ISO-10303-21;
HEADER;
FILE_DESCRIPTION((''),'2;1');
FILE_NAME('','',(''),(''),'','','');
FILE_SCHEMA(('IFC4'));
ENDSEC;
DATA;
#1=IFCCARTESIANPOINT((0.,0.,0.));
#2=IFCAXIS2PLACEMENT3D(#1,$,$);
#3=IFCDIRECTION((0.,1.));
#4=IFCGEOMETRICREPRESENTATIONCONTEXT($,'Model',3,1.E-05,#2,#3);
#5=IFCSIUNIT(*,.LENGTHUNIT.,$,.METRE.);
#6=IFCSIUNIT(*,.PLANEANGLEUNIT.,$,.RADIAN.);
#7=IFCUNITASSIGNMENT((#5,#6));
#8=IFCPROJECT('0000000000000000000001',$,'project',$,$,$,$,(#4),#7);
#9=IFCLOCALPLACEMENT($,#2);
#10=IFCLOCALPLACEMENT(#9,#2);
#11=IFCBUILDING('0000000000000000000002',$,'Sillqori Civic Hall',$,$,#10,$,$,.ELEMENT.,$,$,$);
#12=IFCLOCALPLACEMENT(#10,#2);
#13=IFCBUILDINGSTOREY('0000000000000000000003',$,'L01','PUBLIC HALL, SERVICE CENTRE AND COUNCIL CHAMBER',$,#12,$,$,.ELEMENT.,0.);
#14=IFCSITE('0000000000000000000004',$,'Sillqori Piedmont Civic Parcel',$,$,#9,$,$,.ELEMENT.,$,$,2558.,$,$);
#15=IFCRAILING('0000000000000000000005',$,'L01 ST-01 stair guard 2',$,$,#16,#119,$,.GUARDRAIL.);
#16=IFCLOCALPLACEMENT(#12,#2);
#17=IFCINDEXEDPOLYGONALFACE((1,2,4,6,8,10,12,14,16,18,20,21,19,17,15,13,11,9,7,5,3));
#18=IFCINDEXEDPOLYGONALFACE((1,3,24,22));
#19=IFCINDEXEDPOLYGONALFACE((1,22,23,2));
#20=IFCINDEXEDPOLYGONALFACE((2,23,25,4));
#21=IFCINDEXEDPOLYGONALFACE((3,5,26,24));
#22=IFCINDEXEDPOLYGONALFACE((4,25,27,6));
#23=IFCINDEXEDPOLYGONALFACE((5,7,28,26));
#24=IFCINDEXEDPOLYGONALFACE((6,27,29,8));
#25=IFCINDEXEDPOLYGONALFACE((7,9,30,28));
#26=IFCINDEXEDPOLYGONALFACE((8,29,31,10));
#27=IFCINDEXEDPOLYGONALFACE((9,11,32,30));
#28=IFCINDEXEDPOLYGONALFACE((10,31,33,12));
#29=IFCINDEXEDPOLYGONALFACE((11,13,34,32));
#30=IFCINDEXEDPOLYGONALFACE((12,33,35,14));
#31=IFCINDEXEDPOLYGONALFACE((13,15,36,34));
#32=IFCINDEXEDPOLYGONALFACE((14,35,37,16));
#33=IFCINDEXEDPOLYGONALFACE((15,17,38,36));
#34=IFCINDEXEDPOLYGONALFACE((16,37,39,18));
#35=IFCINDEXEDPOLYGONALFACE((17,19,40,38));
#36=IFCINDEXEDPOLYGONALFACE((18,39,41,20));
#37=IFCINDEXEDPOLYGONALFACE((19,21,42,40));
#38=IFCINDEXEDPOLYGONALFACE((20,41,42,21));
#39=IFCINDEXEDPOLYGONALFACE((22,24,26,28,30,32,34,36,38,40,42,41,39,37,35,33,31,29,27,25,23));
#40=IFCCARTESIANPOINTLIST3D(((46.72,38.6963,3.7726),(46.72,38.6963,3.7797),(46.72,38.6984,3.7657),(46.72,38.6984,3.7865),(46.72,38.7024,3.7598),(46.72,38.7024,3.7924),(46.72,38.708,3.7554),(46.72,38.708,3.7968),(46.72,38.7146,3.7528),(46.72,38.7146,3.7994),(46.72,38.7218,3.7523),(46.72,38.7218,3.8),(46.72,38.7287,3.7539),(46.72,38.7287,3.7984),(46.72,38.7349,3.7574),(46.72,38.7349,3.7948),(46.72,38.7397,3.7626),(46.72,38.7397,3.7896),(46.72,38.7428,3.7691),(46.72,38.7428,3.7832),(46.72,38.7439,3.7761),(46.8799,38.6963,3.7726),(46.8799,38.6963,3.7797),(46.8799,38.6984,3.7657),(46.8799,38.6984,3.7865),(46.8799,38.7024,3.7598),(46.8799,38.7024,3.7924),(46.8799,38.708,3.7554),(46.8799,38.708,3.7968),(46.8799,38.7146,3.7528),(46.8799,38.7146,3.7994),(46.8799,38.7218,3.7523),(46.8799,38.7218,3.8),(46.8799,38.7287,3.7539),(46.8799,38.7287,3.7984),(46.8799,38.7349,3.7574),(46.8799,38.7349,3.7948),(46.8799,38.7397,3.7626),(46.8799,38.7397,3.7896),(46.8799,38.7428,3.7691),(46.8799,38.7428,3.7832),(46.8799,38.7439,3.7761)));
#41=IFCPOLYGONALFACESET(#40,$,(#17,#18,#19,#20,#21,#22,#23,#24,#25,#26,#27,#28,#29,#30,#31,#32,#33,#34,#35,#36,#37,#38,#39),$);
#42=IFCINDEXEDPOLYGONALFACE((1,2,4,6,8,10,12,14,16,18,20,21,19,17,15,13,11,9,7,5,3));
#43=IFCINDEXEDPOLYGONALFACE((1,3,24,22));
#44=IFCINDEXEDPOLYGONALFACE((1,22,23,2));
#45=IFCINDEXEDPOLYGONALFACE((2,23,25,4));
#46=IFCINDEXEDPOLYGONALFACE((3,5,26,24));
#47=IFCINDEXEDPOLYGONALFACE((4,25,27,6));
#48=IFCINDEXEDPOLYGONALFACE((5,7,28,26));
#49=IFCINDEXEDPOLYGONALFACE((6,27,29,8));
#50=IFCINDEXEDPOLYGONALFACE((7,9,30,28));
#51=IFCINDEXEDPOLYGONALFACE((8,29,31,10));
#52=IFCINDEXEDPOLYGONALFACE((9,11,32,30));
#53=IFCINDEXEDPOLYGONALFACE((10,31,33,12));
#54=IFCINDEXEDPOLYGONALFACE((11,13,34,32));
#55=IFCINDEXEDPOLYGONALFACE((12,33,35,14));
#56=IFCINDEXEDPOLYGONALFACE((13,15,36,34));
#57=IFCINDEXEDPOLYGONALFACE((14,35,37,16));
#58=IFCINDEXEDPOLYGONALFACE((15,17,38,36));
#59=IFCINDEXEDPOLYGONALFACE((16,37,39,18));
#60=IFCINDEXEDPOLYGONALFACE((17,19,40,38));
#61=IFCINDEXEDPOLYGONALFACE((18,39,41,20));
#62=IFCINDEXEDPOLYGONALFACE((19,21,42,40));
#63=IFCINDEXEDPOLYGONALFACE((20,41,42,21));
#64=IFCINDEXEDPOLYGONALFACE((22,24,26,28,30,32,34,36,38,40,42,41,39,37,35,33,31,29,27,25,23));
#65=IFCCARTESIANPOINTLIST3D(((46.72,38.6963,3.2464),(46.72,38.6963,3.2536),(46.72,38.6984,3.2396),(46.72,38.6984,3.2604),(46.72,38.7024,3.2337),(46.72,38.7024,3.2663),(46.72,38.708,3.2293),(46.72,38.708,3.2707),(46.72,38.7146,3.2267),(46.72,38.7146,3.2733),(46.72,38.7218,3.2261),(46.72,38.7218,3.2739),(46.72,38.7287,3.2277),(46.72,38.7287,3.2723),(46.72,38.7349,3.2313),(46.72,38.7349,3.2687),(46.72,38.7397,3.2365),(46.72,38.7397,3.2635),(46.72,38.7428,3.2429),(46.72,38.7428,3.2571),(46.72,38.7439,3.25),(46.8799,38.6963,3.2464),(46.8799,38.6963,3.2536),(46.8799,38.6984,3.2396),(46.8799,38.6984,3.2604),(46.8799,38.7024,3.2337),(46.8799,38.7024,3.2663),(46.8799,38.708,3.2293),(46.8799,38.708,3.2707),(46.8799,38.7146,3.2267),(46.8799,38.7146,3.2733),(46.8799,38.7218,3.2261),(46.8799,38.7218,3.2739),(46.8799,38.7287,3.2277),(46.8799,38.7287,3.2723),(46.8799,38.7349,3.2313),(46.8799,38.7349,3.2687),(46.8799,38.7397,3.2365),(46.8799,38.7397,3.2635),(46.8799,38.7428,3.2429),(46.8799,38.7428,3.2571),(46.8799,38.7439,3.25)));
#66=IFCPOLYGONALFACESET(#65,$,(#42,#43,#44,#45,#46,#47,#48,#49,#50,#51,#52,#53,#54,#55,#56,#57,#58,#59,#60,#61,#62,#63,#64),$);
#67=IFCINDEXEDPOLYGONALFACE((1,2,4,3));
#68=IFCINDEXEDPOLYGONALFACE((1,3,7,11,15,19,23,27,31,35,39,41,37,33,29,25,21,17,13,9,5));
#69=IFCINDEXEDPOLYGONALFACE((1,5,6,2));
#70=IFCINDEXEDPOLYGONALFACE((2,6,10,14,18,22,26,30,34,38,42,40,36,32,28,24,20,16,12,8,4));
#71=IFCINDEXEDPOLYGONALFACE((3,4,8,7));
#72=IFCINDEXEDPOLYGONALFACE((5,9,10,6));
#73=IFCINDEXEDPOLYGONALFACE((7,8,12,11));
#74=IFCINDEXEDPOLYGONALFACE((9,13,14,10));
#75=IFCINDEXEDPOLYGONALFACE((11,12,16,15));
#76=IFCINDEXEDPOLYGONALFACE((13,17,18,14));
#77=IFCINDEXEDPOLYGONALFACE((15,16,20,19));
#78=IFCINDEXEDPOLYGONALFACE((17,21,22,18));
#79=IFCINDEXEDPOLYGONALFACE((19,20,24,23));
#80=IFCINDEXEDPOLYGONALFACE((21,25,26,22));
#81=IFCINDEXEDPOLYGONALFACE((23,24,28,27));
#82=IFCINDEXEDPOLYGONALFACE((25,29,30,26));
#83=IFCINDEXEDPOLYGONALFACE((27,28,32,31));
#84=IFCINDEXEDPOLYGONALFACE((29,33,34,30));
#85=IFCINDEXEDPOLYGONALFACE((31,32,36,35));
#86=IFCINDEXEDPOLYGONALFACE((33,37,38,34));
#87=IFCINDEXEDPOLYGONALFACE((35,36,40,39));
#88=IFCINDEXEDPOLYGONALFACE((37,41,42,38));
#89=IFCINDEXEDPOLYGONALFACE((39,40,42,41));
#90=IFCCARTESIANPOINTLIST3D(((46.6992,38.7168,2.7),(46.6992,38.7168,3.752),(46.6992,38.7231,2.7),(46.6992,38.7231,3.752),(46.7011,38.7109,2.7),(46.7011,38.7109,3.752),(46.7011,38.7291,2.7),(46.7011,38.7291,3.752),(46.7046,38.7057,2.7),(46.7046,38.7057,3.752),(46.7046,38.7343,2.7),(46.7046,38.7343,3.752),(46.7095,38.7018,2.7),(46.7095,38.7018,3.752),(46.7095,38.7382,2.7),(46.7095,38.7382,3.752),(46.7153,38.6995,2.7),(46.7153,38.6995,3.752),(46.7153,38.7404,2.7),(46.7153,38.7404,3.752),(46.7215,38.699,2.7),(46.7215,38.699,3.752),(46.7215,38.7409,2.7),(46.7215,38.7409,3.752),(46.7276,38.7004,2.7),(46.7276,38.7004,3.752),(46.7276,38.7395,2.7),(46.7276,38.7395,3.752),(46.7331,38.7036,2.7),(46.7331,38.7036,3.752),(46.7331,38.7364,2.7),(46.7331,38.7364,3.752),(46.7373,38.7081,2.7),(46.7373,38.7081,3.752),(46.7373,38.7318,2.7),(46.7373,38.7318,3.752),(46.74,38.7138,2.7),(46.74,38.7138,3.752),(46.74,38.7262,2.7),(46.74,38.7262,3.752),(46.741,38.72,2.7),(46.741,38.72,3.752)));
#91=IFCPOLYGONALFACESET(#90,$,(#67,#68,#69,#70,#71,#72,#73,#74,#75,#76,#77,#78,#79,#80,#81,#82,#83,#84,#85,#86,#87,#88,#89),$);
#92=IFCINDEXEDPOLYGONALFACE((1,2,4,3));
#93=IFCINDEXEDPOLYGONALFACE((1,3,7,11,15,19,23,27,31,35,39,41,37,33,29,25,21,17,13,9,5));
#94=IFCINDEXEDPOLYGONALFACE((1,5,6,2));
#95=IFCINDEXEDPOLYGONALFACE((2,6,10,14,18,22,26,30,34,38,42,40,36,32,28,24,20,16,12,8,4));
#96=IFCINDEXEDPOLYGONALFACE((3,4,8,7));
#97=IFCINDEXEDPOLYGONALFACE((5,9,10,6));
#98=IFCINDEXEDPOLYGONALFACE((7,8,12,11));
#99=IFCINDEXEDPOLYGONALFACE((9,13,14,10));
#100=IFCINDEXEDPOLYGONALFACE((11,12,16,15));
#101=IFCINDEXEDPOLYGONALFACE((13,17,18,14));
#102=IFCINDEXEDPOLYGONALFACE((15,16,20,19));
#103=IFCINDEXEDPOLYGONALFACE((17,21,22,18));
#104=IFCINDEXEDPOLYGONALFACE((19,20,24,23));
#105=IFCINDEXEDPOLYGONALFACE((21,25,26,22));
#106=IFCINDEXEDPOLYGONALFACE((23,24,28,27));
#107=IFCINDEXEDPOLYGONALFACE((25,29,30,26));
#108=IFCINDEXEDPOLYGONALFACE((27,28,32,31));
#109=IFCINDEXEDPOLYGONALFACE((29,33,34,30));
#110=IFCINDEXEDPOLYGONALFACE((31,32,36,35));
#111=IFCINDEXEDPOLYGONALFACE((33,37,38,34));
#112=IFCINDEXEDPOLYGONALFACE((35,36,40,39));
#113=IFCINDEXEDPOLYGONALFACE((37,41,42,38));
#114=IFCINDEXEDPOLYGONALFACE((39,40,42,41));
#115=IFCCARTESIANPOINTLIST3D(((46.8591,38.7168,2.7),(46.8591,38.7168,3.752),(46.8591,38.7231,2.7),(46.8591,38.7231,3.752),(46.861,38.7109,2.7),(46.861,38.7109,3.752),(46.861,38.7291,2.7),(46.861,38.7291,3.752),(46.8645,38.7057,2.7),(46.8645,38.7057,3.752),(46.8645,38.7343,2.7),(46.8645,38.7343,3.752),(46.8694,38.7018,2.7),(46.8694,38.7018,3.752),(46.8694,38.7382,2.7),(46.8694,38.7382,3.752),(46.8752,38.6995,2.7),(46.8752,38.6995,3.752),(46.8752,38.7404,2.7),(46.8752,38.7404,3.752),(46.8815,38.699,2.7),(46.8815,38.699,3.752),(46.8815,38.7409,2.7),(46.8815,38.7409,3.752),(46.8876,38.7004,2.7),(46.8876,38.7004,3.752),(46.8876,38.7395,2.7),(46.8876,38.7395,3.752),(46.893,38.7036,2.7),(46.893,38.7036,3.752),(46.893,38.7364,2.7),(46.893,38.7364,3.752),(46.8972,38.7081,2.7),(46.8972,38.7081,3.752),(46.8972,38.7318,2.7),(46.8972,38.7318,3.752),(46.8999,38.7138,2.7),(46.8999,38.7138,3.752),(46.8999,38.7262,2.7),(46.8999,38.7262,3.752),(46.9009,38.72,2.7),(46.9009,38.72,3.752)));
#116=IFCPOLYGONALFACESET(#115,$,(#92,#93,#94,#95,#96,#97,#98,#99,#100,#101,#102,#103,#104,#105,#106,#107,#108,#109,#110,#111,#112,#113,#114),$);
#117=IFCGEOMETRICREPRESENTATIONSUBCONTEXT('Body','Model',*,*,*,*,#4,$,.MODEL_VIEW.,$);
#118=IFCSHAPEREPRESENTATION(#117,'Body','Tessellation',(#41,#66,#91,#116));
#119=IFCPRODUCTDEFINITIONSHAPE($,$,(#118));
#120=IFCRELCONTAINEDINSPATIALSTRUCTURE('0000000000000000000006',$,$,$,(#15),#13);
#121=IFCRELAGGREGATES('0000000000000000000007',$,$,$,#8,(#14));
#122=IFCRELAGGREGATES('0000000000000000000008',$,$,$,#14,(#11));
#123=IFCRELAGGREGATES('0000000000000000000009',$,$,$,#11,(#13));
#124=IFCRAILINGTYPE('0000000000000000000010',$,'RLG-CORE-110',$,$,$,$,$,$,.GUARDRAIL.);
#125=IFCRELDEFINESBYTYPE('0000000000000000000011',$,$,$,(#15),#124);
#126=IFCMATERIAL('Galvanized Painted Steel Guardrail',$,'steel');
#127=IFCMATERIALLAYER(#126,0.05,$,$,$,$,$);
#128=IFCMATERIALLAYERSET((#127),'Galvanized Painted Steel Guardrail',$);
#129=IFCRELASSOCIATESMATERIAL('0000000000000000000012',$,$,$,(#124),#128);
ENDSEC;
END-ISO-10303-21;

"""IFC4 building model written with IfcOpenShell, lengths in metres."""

from ifc_helpers import new_model, si_unit, direction, frame, origin, origin_2d, place, context, subcontext, project, spatial, circle, extrude, material, layer, layer_set, type_object, element, save


model = new_model("IFC4")

# Units and contexts
model_context = context("Model", 3, precision=1e-05, world=origin(), true_north=direction((0.0, 1.0)))
body_context = subcontext(model_context, "Body", "Model", "MODEL_VIEW")
ifc_project = project(units=[si_unit("LENGTHUNIT", "METRE"), si_unit("PLANEANGLEUNIT", "RADIAN")], contexts=[model_context])

# Site, building, storey
site_placement = place(None, origin())
site = spatial("IfcSite", under=ifc_project, at=site_placement, Name="Sillqori Piedmont Civic Parcel", CompositionType="ELEMENT", RefElevation=2558.0)
building_placement = place(site_placement, origin())
building = spatial("IfcBuilding", under=site, at=building_placement, Name="Sillqori Civic Hall", CompositionType="ELEMENT")
storey_placement = place(building_placement, origin())
storey = spatial("IfcBuildingStorey", under=building, at=storey_placement, Name="L01", Description="PUBLIC HALL, SERVICE CENTRE AND COUNCIL CHAMBER", CompositionType="ELEMENT", Elevation=0.0)

# Railing
ifc_material_1 = material(Name="Galvanized Painted Steel Guardrail", Category="steel")
ifc_layer_1 = layer(ifc_material_1, 0.05)
ifc_layer_set_1 = layer_set([ifc_layer_1], Name="Galvanized Painted Steel Guardrail")
railing_type_1 = type_object("IfcRailingType", Name="RLG-CORE-110", PredefinedType="GUARDRAIL", material=ifc_layer_set_1)
railing_1_placement = place(storey_placement, frame((46.72, 38.72, 2.7)))
element("IfcRailing", 1, at=railing_1_placement, inside=storey, type_object=railing_type_1, Name="L01 ST-01 stair guard 2", PredefinedType="GUARDRAIL", context=body_context, shape_type="SweptSolid", body=[
    extrude(circle(Radius=0.0239, at=origin_2d()), frame((0.0, 0.0, 1.0762), z_axis=(1.0, 0.0, 0.0), x_axis=(0.0, 1.0, 0.0)), (0.0, 0.0, 1.0), 0.1599),
    extrude(circle(Radius=0.0239, at=origin_2d()), frame((0.0, 0.0, 0.55), z_axis=(1.0, 0.0, 0.0), x_axis=(0.0, 1.0, 0.0)), (0.0, 0.0, 1.0), 0.1599),
    extrude(circle(Radius=0.021, at=origin_2d()), origin(), (0.0, 0.0, 1.0), 1.052),
    extrude(circle(Radius=0.021, at=origin_2d()), frame((0.1599, 0.0, 0.0)), (0.0, 0.0, 1.0), 1.052),
])

save(model, "model.ifc")
